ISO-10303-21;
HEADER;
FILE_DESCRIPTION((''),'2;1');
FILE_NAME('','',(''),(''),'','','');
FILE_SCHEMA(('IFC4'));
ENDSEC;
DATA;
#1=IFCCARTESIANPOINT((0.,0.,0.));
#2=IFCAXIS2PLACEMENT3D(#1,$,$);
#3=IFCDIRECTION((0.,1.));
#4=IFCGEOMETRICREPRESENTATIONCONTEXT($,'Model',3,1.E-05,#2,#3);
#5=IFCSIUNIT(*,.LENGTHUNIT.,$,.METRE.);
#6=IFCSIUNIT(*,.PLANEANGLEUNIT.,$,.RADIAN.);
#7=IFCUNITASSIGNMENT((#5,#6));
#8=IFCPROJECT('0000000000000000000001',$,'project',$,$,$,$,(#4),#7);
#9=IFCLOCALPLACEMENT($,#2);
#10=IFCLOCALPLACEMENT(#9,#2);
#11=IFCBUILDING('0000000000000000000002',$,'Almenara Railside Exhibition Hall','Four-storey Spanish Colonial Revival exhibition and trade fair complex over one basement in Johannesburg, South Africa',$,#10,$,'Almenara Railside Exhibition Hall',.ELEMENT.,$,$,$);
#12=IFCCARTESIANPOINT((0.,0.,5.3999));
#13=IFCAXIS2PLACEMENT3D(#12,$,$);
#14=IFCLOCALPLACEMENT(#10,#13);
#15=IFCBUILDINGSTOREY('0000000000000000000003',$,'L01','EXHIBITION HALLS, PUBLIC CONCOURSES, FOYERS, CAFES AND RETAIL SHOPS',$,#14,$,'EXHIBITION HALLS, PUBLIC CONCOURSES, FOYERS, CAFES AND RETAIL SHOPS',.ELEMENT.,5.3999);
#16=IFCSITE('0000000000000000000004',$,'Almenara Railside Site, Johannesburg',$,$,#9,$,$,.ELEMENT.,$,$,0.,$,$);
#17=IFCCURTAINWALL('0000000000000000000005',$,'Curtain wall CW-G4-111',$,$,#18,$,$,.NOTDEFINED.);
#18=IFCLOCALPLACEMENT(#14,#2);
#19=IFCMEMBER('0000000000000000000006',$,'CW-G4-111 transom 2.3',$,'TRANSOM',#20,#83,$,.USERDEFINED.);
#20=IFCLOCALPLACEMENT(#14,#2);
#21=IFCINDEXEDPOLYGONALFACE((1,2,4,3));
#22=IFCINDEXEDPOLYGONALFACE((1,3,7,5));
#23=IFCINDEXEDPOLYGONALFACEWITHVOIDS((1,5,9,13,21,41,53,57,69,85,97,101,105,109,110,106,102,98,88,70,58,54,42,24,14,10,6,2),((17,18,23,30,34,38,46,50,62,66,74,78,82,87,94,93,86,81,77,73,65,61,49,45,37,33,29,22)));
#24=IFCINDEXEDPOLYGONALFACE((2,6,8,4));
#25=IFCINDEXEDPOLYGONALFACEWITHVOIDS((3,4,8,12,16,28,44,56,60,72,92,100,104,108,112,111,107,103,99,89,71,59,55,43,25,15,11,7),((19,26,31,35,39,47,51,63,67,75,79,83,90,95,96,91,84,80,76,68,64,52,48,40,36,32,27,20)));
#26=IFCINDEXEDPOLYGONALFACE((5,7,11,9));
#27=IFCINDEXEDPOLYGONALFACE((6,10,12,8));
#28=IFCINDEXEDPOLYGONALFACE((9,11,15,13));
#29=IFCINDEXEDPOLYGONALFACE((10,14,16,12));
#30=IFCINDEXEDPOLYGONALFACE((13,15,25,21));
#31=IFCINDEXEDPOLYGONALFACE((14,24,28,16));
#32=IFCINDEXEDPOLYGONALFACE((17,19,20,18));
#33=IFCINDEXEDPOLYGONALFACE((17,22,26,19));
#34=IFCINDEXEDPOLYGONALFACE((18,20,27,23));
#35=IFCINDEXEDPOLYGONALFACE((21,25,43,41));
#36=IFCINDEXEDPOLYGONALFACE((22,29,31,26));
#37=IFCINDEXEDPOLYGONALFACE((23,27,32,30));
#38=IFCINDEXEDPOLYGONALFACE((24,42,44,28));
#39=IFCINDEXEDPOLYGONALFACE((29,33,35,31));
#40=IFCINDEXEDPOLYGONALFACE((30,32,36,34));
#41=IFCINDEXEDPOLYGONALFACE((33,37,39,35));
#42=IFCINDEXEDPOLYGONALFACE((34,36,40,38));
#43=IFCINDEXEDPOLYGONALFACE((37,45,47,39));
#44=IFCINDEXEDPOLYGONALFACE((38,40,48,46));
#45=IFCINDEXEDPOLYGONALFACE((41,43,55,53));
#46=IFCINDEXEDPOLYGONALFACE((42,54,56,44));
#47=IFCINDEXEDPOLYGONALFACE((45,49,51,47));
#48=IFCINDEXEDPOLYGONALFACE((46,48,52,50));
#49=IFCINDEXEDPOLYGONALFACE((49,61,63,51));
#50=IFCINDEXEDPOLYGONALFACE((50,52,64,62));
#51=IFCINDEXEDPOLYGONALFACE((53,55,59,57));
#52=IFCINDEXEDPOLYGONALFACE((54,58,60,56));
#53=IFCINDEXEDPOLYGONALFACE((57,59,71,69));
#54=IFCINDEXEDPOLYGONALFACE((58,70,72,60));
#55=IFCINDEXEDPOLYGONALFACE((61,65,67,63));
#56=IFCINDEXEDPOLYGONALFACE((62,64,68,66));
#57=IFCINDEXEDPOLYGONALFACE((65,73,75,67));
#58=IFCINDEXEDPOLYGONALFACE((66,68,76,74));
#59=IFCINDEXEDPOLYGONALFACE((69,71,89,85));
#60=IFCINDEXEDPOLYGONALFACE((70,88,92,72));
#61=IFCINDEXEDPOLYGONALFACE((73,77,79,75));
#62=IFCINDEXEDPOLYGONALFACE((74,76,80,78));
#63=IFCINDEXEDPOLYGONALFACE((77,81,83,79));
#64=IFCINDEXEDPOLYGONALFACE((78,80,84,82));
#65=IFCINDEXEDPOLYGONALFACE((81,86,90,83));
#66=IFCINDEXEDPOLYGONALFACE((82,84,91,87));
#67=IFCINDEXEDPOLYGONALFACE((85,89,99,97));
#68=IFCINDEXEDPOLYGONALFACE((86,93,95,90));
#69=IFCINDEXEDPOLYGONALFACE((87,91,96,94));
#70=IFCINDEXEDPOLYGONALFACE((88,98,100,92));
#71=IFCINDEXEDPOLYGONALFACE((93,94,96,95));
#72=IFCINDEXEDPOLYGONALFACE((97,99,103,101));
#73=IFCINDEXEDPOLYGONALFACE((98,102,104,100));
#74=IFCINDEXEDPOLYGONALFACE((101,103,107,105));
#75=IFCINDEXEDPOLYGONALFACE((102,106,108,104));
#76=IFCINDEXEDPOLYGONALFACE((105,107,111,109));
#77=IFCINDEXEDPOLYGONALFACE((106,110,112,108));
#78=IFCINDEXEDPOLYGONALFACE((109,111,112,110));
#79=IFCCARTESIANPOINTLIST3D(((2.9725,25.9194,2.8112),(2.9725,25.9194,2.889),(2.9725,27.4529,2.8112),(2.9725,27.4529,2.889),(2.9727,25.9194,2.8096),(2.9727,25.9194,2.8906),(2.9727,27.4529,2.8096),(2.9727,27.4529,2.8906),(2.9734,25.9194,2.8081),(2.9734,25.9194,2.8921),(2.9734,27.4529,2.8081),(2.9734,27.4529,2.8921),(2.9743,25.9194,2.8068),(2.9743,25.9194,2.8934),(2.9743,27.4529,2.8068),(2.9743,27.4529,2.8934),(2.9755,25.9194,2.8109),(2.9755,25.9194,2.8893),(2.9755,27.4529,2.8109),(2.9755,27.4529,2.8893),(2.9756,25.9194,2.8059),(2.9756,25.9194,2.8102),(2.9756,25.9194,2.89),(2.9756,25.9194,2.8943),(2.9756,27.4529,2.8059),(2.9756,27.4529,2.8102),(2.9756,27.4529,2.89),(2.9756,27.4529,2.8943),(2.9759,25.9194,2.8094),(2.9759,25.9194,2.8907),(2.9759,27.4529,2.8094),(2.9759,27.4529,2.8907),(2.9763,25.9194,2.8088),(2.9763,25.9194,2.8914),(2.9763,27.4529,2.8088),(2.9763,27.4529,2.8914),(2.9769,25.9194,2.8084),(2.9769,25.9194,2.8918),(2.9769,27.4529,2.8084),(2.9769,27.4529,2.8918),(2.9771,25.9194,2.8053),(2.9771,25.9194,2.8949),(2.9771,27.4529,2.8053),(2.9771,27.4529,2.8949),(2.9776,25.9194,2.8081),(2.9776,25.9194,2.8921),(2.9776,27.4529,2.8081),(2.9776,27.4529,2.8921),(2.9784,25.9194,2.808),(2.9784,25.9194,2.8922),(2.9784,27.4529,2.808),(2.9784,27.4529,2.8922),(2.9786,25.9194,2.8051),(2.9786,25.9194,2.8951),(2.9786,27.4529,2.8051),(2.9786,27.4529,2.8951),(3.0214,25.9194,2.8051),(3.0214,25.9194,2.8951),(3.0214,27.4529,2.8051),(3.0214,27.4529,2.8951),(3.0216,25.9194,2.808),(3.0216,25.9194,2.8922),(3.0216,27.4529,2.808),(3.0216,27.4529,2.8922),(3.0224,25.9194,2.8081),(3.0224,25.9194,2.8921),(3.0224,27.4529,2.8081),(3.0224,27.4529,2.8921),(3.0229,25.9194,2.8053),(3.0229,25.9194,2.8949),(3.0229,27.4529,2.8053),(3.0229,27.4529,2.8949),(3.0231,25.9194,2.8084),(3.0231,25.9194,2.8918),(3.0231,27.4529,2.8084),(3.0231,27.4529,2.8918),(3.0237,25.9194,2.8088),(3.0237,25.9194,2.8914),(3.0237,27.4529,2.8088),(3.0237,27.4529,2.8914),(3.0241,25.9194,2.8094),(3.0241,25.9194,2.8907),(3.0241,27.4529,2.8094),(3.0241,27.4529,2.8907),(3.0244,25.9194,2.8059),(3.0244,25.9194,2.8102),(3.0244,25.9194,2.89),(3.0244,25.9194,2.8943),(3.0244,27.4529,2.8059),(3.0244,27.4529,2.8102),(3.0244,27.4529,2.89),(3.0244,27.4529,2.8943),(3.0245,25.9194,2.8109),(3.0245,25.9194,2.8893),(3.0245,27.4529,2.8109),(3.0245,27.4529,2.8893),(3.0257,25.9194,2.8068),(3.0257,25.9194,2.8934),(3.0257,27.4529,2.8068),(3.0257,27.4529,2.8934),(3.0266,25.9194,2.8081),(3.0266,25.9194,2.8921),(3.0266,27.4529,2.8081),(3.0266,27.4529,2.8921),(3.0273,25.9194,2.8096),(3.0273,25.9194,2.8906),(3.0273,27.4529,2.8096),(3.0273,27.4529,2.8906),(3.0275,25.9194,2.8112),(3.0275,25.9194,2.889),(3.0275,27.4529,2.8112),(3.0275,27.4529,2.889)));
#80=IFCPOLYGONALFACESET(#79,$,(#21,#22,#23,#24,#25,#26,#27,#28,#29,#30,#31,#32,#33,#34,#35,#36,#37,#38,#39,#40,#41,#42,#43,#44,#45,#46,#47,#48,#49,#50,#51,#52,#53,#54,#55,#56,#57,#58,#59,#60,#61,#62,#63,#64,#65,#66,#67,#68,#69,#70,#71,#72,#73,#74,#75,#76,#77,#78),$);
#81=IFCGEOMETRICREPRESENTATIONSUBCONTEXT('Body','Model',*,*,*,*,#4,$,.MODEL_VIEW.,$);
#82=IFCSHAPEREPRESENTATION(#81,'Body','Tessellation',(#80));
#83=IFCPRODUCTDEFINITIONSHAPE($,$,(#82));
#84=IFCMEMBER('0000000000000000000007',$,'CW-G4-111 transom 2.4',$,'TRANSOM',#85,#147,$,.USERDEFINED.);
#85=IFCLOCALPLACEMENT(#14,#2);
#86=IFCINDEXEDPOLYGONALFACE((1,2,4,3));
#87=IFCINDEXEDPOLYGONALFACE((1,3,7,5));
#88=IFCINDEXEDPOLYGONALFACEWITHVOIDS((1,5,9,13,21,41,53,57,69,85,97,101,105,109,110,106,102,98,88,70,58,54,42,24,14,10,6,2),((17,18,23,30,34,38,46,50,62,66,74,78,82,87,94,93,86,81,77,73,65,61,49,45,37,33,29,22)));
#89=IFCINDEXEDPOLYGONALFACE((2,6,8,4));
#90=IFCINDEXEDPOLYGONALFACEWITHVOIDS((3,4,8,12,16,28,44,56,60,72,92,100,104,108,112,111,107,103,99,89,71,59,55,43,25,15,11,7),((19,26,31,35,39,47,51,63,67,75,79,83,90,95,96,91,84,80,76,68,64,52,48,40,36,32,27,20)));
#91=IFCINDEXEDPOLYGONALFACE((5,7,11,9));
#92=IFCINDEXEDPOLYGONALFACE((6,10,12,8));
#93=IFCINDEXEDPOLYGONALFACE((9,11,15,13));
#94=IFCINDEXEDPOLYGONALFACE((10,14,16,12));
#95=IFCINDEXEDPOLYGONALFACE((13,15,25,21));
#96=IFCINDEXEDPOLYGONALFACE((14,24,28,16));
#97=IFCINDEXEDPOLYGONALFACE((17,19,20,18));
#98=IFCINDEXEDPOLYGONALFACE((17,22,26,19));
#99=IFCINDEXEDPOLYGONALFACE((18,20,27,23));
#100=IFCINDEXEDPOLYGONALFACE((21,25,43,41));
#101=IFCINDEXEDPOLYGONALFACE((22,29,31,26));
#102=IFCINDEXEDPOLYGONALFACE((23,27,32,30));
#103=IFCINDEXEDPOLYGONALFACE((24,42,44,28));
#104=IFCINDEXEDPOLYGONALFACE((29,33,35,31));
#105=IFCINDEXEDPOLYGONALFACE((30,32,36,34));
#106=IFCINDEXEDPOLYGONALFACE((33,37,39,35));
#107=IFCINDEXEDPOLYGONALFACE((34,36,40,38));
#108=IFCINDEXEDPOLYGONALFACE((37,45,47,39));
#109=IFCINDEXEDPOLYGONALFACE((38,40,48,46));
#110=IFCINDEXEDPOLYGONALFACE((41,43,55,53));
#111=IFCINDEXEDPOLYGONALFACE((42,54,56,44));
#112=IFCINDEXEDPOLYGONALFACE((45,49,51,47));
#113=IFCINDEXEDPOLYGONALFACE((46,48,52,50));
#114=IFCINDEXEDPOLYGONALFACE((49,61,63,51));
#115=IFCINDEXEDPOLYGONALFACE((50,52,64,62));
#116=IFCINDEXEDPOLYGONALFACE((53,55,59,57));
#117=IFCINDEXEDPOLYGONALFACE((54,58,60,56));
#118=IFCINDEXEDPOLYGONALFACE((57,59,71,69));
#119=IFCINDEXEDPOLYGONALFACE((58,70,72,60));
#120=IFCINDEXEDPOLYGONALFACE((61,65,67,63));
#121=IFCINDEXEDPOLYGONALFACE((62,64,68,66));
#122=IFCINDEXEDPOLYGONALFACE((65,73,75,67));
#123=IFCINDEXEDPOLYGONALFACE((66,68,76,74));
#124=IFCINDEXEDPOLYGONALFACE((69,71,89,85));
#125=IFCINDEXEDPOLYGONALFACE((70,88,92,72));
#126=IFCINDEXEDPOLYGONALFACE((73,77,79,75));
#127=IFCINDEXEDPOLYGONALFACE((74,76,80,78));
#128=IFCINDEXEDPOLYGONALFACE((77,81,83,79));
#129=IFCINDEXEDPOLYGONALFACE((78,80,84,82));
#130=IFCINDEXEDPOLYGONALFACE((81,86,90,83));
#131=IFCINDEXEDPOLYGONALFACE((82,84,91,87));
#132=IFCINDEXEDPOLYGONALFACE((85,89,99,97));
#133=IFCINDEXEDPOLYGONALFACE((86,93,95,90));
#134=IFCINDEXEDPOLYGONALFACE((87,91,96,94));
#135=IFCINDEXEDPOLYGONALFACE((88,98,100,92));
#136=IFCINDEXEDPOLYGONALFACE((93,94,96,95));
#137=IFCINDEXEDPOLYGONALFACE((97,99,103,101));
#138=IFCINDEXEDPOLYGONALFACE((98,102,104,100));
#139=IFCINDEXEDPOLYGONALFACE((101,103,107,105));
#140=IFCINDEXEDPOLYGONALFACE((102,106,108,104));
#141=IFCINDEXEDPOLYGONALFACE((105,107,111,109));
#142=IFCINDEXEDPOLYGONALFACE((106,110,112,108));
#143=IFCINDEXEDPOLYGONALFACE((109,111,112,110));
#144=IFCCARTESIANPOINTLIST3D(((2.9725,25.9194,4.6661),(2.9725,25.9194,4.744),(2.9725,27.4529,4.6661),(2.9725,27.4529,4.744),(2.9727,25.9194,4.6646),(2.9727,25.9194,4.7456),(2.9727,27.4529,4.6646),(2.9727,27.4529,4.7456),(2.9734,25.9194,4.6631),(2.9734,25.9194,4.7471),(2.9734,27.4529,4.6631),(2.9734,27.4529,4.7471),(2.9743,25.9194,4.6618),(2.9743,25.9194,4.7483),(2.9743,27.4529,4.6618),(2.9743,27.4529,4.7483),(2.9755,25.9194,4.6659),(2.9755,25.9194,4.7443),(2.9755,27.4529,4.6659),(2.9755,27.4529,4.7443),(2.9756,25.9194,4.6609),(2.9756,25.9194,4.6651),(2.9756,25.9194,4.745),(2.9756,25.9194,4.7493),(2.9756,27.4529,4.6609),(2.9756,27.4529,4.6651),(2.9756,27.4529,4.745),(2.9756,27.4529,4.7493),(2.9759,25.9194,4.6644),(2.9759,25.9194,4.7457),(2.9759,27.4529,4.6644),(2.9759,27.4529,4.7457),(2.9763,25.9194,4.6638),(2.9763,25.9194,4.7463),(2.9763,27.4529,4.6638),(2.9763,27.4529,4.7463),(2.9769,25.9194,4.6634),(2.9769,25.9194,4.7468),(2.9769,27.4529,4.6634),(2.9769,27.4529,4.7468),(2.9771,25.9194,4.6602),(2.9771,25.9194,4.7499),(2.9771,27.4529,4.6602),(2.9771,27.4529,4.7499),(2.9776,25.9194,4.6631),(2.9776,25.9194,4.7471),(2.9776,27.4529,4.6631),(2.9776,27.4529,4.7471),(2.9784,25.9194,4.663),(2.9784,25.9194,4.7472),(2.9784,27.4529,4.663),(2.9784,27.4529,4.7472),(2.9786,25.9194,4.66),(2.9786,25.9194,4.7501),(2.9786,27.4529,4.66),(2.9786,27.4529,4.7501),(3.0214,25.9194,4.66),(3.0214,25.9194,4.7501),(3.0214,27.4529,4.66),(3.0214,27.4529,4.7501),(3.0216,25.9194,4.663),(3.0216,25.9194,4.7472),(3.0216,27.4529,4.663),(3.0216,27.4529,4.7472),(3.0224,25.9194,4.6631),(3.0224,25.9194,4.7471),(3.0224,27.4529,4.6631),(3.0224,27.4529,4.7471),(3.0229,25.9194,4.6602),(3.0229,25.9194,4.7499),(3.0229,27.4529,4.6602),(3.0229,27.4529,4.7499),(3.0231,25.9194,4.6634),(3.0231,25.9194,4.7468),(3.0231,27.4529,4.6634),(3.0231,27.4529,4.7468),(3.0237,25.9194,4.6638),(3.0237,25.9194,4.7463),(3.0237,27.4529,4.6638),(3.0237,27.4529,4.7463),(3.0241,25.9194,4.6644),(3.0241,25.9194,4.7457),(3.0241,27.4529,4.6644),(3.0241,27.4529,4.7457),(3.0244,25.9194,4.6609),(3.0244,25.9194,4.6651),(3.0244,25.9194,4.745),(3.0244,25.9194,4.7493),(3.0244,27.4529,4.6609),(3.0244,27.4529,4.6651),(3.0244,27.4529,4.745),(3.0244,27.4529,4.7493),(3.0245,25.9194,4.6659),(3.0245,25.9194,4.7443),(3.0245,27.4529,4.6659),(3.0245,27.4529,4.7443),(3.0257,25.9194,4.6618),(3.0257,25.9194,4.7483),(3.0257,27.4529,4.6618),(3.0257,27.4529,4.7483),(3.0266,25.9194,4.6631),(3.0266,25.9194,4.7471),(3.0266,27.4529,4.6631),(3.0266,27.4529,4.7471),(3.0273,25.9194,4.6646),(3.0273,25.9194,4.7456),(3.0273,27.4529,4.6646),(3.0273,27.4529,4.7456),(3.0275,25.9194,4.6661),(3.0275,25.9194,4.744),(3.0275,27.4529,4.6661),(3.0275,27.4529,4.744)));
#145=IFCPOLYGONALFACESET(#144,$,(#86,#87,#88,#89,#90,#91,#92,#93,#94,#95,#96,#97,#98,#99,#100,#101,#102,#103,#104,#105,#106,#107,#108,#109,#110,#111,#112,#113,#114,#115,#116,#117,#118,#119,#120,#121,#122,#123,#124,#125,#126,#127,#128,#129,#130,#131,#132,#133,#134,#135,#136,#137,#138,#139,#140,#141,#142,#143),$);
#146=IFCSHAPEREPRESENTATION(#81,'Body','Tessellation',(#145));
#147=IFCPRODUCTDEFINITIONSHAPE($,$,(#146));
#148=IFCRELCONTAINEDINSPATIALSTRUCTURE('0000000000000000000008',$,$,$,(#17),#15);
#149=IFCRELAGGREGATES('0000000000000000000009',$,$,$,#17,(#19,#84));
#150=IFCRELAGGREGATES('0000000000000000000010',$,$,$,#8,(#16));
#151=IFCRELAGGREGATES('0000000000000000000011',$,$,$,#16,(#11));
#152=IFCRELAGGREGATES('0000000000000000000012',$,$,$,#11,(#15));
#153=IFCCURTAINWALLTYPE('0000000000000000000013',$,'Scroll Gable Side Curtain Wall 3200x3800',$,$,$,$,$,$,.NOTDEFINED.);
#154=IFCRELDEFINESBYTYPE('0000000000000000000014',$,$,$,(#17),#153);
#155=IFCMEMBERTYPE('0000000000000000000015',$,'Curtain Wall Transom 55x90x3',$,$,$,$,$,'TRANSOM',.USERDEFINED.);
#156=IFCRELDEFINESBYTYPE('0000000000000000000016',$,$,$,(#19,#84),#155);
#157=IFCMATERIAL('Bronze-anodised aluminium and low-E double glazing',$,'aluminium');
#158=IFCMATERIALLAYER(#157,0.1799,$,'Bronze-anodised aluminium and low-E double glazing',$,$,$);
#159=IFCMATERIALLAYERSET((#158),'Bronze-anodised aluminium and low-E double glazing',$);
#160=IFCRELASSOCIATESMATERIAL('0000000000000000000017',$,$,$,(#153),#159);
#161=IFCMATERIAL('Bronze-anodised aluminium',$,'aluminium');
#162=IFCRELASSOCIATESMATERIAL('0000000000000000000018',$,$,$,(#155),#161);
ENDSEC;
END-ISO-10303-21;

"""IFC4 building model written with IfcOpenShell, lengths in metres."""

from ifc_helpers import new_model, si_unit, direction, frame, origin, origin_2d, place, context, subcontext, project, spatial, hollow_rectangle, extrude, material, layer, layer_set, material_profile, profile_set, type_object, element, aggregate, save


model = new_model("IFC4")

# Units and contexts
model_context = context("Model", 3, precision=1e-05, world=origin(), true_north=direction((0.0, 1.0)))
body_context = subcontext(model_context, "Body", "Model", "MODEL_VIEW")
ifc_project = project(units=[si_unit("LENGTHUNIT", "METRE"), si_unit("PLANEANGLEUNIT", "RADIAN")], contexts=[model_context])

# Site, building, storey
site_placement = place(None, origin())
site = spatial("IfcSite", under=ifc_project, at=site_placement, Name="Almenara Railside Site, Johannesburg", CompositionType="ELEMENT", RefElevation=0.0)
building_placement = place(site_placement, origin())
building = spatial("IfcBuilding", under=site, at=building_placement, Name="Almenara Railside Exhibition Hall", Description="Four-storey Spanish Colonial Revival exhibition and trade fair complex over one basement in Johannesburg, South Africa", LongName="Almenara Railside Exhibition Hall", CompositionType="ELEMENT")
storey_placement = place(building_placement, frame((0.0, 0.0, 5.3999)))
storey = spatial("IfcBuildingStorey", under=building, at=storey_placement, Name="L01", Description="EXHIBITION HALLS, PUBLIC CONCOURSES, FOYERS, CAFES AND RETAIL SHOPS", LongName="EXHIBITION HALLS, PUBLIC CONCOURSES, FOYERS, CAFES AND RETAIL SHOPS", CompositionType="ELEMENT", Elevation=5.3999)

# Curtain wall
ifc_material_1 = material(Name="Bronze-anodised aluminium and low-E double glazing", Category="aluminium")
ifc_layer_1 = layer(ifc_material_1, 0.1799, Name="Bronze-anodised aluminium and low-E double glazing")
ifc_layer_set_1 = layer_set([ifc_layer_1], Name="Bronze-anodised aluminium and low-E double glazing")
curtain_wall_type = type_object("IfcCurtainWallType", Name="Scroll Gable Side Curtain Wall 3200x3800", PredefinedType="NOTDEFINED", material=ifc_layer_set_1)
curtain_wall_1_placement = place(storey_placement, origin())
curtain_wall_1 = element("IfcCurtainWall", 1, at=curtain_wall_1_placement, inside=storey, type_object=curtain_wall_type, Name="Curtain wall CW-G4-111", PredefinedType="NOTDEFINED")
ifc_material_2 = material(Name="Bronze-anodised aluminium", Category="aluminium")

# Members
ifc_material_profile_1 = material_profile(ifc_material_2, hollow_rectangle(XDim=0.0549, YDim=0.0901, WallThickness=0.0029, InnerFilletRadius=0.0029, OuterFilletRadius=0.0061, at=origin_2d()), Name="ALU-TRN 55x90x3")
ifc_profile_set_1 = profile_set([ifc_material_profile_1], Name="Bronze-anodised aluminium")
member_type_1 = type_object("IfcMemberType", Name="Curtain Wall Transom 55x90x3", ElementType="TRANSOM", PredefinedType="USERDEFINED", material=ifc_profile_set_1)
member_1_placement = place(storey_placement, frame((3.0, 25.9194, 2.8501), z_axis=(0.0, 1.0, 0.0), x_axis=(-1.0, 0.0, 0.0)))
member_1 = element("IfcMember", 2, at=member_1_placement, type_object=member_type_1, Name="CW-G4-111 transom 2.3", ObjectType="TRANSOM", PredefinedType="USERDEFINED", context=body_context, shape_type="SweptSolid", body=[
    extrude(hollow_rectangle(XDim=0.0549, YDim=0.0901, WallThickness=0.0029, InnerFilletRadius=0.0029, OuterFilletRadius=0.0061, at=origin_2d()), origin(), (0.0, 0.0, 1.0), 1.5334),
])
member_2_placement = place(storey_placement, frame((3.0, 25.9194, 4.7051), z_axis=(0.0, 1.0, 0.0), x_axis=(-1.0, 0.0, 0.0)))
member_2 = element("IfcMember", 3, at=member_2_placement, type_object=member_type_1, Name="CW-G4-111 transom 2.4", ObjectType="TRANSOM", PredefinedType="USERDEFINED", context=body_context, shape_type="SweptSolid", body=[
    extrude(hollow_rectangle(XDim=0.0549, YDim=0.0901, WallThickness=0.0029, InnerFilletRadius=0.0029, OuterFilletRadius=0.0061, at=origin_2d()), origin(), (0.0, 0.0, 1.0), 1.5334),
])

aggregate(curtain_wall_1, [member_1, member_2])

save(model, "model.ifc")
